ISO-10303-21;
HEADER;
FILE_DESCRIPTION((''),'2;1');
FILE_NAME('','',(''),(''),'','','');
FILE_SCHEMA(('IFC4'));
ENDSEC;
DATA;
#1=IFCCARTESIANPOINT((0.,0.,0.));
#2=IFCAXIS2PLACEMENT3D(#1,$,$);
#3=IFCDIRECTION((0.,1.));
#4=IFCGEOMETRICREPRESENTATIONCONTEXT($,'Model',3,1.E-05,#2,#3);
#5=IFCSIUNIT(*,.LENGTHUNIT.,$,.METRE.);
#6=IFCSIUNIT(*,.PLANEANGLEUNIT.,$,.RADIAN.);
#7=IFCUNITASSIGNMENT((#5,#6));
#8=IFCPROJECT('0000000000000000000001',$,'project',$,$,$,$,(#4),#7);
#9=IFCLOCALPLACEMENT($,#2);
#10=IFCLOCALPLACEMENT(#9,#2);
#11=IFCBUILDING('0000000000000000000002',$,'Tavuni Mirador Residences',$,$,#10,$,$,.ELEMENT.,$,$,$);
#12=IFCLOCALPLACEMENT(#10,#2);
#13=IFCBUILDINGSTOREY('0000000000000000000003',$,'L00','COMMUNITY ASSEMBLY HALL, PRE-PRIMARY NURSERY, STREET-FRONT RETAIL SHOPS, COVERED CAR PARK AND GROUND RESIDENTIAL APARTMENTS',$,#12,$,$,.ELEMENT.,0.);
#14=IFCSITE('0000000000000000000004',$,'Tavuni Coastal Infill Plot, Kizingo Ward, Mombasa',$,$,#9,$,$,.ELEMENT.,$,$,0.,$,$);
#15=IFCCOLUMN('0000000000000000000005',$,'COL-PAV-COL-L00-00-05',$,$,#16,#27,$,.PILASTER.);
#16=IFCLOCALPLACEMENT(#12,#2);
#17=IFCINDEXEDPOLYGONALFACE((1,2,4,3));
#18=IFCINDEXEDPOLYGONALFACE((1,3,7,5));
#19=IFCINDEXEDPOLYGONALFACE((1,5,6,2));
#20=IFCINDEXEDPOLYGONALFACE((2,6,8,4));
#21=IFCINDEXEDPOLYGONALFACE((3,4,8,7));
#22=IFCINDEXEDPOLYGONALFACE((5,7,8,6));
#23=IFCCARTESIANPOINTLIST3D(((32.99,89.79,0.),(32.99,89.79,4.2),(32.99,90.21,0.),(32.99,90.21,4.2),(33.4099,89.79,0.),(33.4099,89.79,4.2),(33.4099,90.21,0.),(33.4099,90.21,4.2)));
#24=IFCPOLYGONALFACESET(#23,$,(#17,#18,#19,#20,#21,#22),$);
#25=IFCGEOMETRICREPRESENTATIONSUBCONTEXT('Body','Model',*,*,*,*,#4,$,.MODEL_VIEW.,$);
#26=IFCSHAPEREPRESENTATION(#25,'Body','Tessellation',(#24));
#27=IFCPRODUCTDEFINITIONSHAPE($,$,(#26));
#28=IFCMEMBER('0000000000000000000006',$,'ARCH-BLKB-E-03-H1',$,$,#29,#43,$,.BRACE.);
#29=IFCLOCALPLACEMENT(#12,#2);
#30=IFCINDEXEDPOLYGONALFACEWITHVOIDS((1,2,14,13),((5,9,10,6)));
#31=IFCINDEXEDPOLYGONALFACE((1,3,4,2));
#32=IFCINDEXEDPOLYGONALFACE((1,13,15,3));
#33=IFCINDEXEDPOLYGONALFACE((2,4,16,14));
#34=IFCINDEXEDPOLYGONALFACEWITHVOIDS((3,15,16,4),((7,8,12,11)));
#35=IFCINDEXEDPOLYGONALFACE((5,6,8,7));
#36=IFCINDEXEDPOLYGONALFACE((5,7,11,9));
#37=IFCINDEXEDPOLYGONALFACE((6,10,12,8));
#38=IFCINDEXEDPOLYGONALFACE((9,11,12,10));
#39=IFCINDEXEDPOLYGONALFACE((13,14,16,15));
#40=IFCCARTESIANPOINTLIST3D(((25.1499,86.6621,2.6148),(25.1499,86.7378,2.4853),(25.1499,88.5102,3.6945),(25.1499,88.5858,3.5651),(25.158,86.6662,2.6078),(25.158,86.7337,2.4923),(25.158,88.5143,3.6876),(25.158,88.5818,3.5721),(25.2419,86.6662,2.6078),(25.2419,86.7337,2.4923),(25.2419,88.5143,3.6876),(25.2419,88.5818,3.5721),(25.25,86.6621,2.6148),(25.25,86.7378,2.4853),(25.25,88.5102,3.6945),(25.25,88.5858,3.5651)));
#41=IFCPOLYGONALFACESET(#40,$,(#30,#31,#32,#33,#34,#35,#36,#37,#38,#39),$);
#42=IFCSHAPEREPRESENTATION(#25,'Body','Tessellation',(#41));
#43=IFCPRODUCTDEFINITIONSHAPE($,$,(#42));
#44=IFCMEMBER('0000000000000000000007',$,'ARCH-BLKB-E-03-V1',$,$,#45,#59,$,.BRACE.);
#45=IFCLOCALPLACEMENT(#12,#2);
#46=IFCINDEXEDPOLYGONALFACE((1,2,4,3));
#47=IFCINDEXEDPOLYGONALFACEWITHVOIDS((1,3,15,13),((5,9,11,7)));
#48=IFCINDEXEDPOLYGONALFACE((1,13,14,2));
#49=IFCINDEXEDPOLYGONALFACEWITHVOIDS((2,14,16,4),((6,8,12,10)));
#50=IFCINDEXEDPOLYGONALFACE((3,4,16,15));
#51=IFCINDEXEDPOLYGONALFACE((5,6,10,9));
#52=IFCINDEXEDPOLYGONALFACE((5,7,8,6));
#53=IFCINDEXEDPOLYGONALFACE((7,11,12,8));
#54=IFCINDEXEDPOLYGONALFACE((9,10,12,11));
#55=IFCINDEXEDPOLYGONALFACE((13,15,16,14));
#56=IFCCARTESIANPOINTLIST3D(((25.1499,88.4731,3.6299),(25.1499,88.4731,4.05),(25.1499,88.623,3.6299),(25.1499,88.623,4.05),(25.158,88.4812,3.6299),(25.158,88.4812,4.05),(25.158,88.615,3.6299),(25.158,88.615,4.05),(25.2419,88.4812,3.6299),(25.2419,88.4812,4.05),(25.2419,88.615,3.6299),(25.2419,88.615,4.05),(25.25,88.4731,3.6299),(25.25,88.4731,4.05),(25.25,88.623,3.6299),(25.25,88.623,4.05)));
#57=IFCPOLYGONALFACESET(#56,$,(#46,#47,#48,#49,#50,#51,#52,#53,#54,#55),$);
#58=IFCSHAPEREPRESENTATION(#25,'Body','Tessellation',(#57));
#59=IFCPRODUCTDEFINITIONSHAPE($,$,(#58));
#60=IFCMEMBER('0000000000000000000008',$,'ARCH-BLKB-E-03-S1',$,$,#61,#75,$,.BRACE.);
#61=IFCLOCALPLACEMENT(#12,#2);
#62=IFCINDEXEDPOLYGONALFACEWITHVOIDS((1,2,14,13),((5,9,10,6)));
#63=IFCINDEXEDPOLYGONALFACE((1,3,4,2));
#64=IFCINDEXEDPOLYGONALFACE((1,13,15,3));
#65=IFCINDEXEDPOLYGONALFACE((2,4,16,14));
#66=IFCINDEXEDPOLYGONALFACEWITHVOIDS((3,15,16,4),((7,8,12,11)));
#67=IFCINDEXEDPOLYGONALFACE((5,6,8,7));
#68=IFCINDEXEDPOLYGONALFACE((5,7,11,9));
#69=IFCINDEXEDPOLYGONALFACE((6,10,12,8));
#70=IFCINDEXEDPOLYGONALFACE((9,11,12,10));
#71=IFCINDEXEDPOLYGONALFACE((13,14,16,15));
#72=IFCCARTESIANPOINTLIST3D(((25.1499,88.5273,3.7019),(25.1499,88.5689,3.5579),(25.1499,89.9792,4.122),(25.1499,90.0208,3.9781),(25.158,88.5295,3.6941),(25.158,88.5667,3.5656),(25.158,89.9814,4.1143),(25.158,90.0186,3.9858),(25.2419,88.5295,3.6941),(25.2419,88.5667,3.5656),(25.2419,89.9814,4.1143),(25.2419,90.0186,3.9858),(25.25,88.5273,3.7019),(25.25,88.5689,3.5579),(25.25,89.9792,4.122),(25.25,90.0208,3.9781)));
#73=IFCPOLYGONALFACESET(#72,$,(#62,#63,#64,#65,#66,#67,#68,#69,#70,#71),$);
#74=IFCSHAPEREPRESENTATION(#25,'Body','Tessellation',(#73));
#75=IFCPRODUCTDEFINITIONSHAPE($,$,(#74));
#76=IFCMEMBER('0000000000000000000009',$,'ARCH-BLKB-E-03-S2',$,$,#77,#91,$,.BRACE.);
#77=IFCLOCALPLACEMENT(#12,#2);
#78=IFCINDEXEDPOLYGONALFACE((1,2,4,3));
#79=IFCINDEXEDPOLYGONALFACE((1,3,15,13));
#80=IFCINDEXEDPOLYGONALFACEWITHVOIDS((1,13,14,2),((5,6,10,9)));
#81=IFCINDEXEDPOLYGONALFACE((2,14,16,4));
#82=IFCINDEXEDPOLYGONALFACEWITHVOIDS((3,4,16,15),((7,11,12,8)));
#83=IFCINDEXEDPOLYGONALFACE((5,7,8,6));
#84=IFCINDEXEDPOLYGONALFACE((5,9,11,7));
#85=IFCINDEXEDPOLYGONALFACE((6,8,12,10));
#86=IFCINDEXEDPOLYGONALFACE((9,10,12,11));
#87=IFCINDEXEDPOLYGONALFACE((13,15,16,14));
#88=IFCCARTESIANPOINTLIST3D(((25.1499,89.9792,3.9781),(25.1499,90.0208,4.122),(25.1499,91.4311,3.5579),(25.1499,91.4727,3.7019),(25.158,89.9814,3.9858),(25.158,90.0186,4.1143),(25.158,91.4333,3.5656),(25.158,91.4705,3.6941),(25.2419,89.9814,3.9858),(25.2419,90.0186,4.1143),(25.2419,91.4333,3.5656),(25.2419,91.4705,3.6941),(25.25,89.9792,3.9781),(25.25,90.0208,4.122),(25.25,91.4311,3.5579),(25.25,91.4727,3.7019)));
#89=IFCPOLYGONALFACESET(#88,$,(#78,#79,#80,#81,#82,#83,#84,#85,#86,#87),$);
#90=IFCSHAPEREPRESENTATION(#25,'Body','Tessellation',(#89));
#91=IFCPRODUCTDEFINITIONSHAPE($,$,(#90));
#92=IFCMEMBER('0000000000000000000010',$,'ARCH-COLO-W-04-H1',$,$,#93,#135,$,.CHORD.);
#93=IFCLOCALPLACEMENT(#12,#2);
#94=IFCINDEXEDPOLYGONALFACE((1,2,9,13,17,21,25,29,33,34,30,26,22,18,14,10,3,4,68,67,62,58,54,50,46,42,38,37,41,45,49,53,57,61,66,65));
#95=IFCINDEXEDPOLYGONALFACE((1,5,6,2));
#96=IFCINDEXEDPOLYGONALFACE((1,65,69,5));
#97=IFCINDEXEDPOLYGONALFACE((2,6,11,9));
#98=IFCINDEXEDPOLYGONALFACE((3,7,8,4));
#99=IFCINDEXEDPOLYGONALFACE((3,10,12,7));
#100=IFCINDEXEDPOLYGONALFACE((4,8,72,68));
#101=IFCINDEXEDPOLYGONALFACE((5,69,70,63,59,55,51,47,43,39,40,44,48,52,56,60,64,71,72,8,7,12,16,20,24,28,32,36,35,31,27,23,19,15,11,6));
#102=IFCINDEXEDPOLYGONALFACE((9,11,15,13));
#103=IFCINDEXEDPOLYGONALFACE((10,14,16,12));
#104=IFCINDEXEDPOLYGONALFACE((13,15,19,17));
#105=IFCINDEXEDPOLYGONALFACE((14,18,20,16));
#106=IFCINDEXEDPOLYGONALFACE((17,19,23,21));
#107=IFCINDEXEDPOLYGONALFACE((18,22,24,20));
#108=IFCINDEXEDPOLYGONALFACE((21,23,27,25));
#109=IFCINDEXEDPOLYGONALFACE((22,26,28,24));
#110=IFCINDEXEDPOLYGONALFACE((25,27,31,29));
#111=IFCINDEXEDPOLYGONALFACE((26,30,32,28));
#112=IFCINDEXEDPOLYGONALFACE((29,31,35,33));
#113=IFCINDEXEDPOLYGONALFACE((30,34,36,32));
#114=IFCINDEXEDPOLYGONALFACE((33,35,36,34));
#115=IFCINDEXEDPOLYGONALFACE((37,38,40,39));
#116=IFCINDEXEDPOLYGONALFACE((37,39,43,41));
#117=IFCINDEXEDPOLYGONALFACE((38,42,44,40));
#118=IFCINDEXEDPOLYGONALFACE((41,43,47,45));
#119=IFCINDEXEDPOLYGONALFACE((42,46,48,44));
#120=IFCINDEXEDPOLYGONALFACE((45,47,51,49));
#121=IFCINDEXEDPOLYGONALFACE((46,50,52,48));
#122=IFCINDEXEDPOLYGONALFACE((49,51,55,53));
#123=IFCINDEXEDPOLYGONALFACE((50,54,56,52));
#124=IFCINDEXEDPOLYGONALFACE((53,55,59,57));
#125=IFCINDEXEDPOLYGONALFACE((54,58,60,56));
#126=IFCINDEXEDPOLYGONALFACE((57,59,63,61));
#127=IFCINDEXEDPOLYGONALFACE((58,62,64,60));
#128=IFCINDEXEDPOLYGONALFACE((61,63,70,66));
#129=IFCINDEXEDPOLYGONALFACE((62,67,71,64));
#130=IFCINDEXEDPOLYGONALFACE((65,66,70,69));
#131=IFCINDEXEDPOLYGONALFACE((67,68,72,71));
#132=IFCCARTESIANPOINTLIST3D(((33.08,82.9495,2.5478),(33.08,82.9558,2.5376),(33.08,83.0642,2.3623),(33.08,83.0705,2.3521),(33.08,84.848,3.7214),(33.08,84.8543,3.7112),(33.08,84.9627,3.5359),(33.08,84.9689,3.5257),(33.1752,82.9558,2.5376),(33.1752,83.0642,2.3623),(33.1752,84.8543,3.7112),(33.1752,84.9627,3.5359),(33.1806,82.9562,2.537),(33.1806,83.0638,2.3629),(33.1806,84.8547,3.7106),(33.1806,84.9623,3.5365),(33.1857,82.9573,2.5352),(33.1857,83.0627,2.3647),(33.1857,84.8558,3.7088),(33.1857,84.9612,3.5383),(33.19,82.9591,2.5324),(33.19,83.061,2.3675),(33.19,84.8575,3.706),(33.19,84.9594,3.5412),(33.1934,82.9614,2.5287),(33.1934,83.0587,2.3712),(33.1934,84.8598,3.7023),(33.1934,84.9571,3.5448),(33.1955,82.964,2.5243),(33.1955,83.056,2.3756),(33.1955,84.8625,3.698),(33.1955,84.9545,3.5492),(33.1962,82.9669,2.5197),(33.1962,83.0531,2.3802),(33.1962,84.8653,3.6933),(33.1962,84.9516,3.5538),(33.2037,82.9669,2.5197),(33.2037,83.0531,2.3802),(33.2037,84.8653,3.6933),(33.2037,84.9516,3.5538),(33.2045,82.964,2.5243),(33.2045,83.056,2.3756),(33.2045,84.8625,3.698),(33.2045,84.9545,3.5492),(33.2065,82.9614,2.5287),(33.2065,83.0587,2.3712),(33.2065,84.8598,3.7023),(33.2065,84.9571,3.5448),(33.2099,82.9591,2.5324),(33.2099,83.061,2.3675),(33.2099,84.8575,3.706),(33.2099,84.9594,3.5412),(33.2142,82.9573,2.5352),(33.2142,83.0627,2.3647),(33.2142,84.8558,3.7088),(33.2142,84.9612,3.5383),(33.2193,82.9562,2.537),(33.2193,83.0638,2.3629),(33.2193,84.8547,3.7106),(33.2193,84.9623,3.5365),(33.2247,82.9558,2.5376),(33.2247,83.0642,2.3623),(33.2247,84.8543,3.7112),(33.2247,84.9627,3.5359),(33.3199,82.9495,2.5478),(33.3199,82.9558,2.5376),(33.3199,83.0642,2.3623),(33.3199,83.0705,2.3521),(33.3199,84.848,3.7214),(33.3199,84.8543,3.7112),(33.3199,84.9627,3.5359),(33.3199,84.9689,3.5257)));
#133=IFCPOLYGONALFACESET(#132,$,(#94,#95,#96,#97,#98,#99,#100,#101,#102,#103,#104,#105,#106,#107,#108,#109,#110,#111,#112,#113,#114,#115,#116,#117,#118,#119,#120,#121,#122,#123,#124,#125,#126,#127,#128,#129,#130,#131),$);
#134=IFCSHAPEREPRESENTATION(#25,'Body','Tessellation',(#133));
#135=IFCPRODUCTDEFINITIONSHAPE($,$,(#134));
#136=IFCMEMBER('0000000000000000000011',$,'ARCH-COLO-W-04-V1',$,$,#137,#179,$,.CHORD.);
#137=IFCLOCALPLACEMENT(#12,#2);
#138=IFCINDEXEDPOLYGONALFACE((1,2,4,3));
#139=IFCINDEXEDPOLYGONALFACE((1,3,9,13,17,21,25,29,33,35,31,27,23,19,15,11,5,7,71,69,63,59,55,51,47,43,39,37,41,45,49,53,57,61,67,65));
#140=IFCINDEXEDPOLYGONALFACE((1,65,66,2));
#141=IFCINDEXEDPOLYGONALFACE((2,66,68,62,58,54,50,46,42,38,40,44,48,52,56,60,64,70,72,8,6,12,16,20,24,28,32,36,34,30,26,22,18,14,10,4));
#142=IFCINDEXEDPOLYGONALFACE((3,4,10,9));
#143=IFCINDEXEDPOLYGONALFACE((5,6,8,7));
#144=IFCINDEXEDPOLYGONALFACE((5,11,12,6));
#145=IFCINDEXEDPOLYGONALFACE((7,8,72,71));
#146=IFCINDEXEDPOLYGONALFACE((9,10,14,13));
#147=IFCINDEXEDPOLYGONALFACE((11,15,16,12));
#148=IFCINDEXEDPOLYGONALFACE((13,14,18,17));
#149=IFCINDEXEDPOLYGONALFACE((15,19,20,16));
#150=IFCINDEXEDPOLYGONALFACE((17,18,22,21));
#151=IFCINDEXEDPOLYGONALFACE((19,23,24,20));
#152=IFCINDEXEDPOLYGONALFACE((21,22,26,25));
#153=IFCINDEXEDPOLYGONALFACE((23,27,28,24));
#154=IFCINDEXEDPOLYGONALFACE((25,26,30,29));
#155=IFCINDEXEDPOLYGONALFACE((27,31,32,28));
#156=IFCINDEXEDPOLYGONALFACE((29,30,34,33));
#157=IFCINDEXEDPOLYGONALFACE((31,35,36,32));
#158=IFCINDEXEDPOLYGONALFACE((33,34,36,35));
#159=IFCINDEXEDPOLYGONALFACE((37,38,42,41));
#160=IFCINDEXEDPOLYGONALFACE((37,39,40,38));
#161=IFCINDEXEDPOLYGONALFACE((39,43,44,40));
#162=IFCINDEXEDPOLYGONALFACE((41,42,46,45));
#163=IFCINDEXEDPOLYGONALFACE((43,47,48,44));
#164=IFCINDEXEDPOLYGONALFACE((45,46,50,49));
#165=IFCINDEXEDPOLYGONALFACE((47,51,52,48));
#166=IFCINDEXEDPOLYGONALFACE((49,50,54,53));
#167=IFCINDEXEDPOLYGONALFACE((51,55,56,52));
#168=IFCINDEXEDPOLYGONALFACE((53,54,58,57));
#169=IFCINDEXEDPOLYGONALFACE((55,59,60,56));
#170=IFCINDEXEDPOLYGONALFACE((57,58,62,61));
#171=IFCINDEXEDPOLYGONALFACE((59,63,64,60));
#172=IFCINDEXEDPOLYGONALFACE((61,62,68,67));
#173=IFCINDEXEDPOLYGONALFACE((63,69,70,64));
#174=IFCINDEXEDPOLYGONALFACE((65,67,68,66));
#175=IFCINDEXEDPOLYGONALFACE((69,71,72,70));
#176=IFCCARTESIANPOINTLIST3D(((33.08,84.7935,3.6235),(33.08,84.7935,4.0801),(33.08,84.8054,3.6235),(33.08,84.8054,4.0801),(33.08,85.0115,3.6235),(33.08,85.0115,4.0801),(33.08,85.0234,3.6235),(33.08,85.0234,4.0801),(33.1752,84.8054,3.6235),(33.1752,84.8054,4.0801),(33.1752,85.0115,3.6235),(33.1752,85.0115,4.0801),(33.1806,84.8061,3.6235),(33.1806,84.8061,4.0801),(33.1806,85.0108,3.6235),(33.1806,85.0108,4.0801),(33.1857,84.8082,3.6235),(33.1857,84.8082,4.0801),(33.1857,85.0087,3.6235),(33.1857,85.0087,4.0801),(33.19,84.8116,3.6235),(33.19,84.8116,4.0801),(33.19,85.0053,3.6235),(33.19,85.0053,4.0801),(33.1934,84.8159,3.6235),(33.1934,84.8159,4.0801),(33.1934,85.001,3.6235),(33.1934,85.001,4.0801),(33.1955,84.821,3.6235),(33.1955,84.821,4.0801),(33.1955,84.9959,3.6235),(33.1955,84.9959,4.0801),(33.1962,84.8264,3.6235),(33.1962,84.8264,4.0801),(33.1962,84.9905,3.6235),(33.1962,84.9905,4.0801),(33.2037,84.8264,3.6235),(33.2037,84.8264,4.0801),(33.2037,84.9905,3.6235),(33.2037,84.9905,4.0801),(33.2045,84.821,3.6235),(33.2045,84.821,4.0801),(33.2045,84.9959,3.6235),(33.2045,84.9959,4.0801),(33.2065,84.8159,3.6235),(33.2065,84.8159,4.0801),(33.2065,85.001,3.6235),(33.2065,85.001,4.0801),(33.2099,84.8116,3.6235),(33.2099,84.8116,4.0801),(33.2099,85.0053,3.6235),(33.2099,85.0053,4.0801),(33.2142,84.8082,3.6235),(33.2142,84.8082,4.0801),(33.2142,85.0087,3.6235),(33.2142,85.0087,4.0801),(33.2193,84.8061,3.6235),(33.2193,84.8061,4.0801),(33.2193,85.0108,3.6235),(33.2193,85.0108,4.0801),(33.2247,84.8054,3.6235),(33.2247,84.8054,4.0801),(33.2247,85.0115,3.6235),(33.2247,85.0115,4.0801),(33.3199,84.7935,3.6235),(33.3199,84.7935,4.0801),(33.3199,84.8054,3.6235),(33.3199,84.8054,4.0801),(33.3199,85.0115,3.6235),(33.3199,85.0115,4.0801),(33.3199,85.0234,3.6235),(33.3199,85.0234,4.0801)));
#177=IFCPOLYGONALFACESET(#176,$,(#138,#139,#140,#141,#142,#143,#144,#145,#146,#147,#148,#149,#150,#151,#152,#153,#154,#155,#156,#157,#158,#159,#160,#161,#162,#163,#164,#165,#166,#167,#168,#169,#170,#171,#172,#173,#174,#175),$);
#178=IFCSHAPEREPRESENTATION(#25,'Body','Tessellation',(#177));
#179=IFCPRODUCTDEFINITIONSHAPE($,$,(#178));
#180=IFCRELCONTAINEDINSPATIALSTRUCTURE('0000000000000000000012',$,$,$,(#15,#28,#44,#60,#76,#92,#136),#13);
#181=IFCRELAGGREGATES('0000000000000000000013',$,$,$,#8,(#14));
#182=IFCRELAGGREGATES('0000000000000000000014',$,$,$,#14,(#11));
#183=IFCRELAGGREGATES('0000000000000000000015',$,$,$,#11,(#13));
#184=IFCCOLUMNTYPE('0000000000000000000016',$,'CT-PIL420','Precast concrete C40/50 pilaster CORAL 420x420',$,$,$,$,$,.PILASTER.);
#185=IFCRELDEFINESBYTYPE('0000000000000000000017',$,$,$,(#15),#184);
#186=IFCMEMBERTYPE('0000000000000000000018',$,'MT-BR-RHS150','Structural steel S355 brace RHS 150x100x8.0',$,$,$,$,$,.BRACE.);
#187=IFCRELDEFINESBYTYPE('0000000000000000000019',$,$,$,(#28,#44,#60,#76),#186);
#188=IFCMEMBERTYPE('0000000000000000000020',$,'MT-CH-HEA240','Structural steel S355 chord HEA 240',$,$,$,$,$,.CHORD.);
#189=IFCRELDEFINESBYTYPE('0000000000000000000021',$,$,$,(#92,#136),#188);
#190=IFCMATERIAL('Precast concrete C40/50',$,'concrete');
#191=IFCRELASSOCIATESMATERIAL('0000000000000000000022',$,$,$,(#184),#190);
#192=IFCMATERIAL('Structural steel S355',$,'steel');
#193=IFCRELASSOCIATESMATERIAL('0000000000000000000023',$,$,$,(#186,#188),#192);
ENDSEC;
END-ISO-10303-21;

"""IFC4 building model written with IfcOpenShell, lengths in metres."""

from ifc_helpers import new_model, si_unit, direction, frame, origin, origin_2d, place, context, subcontext, project, spatial, rectangle, hollow_rectangle, i_section, extrude, material, material_profile, profile_set, type_object, element, save


model = new_model("IFC4")

# Units and contexts
model_context = context("Model", 3, precision=1e-05, world=origin(), true_north=direction((0.0, 1.0)))
body_context = subcontext(model_context, "Body", "Model", "MODEL_VIEW")
ifc_project = project(units=[si_unit("LENGTHUNIT", "METRE"), si_unit("PLANEANGLEUNIT", "RADIAN")], contexts=[model_context])

# Site, building, storey
site_placement = place(None, origin())
site = spatial("IfcSite", under=ifc_project, at=site_placement, Name="Tavuni Coastal Infill Plot, Kizingo Ward, Mombasa", CompositionType="ELEMENT", RefElevation=0.0)
building_placement = place(site_placement, origin())
building = spatial("IfcBuilding", under=site, at=building_placement, Name="Tavuni Mirador Residences", CompositionType="ELEMENT")
storey_placement = place(building_placement, origin())
storey = spatial("IfcBuildingStorey", under=building, at=storey_placement, Name="L00", Description="COMMUNITY ASSEMBLY HALL, PRE-PRIMARY NURSERY, STREET-FRONT RETAIL SHOPS, COVERED CAR PARK AND GROUND RESIDENTIAL APARTMENTS", CompositionType="ELEMENT", Elevation=0.0)

# Column
ifc_material_1 = material(Name="Precast concrete C40/50", Category="concrete")
ifc_material_profile_1 = material_profile(ifc_material_1, rectangle(XDim=0.4199, YDim=0.4199, at=origin_2d()), Name="CORAL 420x420", Category="concrete")
ifc_profile_set_1 = profile_set([ifc_material_profile_1], Name="Precast concrete C40/50")
column_type = type_object("IfcColumnType", Name="CT-PIL420", Description="Precast concrete C40/50 pilaster CORAL 420x420", PredefinedType="PILASTER", material=ifc_profile_set_1)
column_placement = place(storey_placement, frame((33.2, 90.0, 0.0), z_axis=(0.0, 0.0, 1.0), x_axis=(1.0, 0.0, 0.0)))
element("IfcColumn", 1, at=column_placement, inside=storey, type_object=column_type, Name="COL-PAV-COL-L00-00-05", PredefinedType="PILASTER", context=body_context, shape_type="SweptSolid", body=[
    extrude(rectangle(XDim=0.4199, YDim=0.4199, at=origin_2d()), origin(), (0.0, 0.0, 1.0), 4.2),
])

# Members
ifc_material_2 = material(Name="Structural steel S355", Category="steel")
ifc_material_profile_2 = material_profile(ifc_material_2, hollow_rectangle(XDim=0.1001, YDim=0.1499, WallThickness=0.0081, at=origin_2d()), Name="RHS 150x100x8.0", Category="steel")
ifc_profile_set_2 = profile_set([ifc_material_profile_2], Name="Structural steel S355")
member_type_1 = type_object("IfcMemberType", Name="MT-BR-RHS150", Description="Structural steel S355 brace RHS 150x100x8.0", PredefinedType="BRACE", material=ifc_profile_set_2)
member_1_placement = place(storey_placement, frame((25.2, 86.7, 2.55), z_axis=(0.0, 0.863423, 0.504481), x_axis=(-1.0, 0.0, 0.0)))
element("IfcMember", 2, at=member_1_placement, inside=storey, type_object=member_type_1, Name="ARCH-BLKB-E-03-H1", PredefinedType="BRACE", context=body_context, shape_type="SweptSolid", body=[
    extrude(hollow_rectangle(XDim=0.1001, YDim=0.1499, WallThickness=0.0081, at=origin_2d()), origin(), (0.0, 0.0, 1.0), 2.1404),
])
member_2_placement = place(storey_placement, frame((25.2, 88.5481, 3.6299), z_axis=(0.0, 0.0, 1.0), x_axis=(1.0, 0.0, 0.0)))
element("IfcMember", 3, at=member_2_placement, inside=storey, type_object=member_type_1, Name="ARCH-BLKB-E-03-V1", PredefinedType="BRACE", context=body_context, shape_type="SweptSolid", body=[
    extrude(hollow_rectangle(XDim=0.1001, YDim=0.1499, WallThickness=0.0081, at=origin_2d()), origin(), (0.0, 0.0, 1.0), 0.4202),
])
for number, where, z_axis, x_axis, name in (
    (4, (25.2, 88.5481, 3.6299), (0.0, 0.960586, 0.277984), (-1.0, 0.0, 0.0), "ARCH-BLKB-E-03-S1"),
    (5, (25.2, 90.0, 4.05), (0.0, 0.960586, -0.277984), (-1.0, 0.0, 0.0), "ARCH-BLKB-E-03-S2"),
):
    element("IfcMember", number, at=place(storey_placement, frame(where, z_axis=z_axis, x_axis=x_axis)), inside=storey, type_object=member_type_1, Name=name, PredefinedType="BRACE", context=body_context, shape_type="SweptSolid", body=[
        extrude(hollow_rectangle(XDim=0.1001, YDim=0.1499, WallThickness=0.0081, at=origin_2d()), origin(), (0.0, 0.0, 1.0), 1.5115),
    ])
ifc_material_profile_3 = material_profile(ifc_material_2, i_section(OverallWidth=0.24, OverallDepth=0.23, WebThickness=0.0076, FlangeThickness=0.012, FilletRadius=0.021, at=origin_2d()), Name="HEA 240", Category="steel")
ifc_profile_set_3 = profile_set([ifc_material_profile_3], Name="Structural steel S355")
member_type_2 = type_object("IfcMemberType", Name="MT-CH-HEA240", Description="Structural steel S355 chord HEA 240", PredefinedType="CHORD", material=ifc_profile_set_3)
member_3_placement = place(storey_placement, frame((33.2, 83.01, 2.45), z_axis=(0.0, 0.850594, 0.525824), x_axis=(-1.0, 0.0, 0.0)))
element("IfcMember", 6, at=member_3_placement, inside=storey, type_object=member_type_2, Name="ARCH-COLO-W-04-H1", PredefinedType="CHORD", context=body_context, shape_type="SweptSolid", body=[
    extrude(i_section(OverallWidth=0.24, OverallDepth=0.23, WebThickness=0.0076, FlangeThickness=0.012, FilletRadius=0.021, at=origin_2d()), origin(), (0.0, 0.0, 1.0), 2.2319),
])
member_4_placement = place(storey_placement, frame((33.2, 84.9084, 3.6235), z_axis=(0.0, 0.0, 1.0), x_axis=(1.0, 0.0, 0.0)))
element("IfcMember", 7, at=member_4_placement, inside=storey, type_object=member_type_2, Name="ARCH-COLO-W-04-V1", PredefinedType="CHORD", context=body_context, shape_type="SweptSolid", body=[
    extrude(i_section(OverallWidth=0.24, OverallDepth=0.23, WebThickness=0.0076, FlangeThickness=0.012, FilletRadius=0.021, at=origin_2d()), origin(), (0.0, 0.0, 1.0), 0.4565),
])

save(model, "model.ifc")
